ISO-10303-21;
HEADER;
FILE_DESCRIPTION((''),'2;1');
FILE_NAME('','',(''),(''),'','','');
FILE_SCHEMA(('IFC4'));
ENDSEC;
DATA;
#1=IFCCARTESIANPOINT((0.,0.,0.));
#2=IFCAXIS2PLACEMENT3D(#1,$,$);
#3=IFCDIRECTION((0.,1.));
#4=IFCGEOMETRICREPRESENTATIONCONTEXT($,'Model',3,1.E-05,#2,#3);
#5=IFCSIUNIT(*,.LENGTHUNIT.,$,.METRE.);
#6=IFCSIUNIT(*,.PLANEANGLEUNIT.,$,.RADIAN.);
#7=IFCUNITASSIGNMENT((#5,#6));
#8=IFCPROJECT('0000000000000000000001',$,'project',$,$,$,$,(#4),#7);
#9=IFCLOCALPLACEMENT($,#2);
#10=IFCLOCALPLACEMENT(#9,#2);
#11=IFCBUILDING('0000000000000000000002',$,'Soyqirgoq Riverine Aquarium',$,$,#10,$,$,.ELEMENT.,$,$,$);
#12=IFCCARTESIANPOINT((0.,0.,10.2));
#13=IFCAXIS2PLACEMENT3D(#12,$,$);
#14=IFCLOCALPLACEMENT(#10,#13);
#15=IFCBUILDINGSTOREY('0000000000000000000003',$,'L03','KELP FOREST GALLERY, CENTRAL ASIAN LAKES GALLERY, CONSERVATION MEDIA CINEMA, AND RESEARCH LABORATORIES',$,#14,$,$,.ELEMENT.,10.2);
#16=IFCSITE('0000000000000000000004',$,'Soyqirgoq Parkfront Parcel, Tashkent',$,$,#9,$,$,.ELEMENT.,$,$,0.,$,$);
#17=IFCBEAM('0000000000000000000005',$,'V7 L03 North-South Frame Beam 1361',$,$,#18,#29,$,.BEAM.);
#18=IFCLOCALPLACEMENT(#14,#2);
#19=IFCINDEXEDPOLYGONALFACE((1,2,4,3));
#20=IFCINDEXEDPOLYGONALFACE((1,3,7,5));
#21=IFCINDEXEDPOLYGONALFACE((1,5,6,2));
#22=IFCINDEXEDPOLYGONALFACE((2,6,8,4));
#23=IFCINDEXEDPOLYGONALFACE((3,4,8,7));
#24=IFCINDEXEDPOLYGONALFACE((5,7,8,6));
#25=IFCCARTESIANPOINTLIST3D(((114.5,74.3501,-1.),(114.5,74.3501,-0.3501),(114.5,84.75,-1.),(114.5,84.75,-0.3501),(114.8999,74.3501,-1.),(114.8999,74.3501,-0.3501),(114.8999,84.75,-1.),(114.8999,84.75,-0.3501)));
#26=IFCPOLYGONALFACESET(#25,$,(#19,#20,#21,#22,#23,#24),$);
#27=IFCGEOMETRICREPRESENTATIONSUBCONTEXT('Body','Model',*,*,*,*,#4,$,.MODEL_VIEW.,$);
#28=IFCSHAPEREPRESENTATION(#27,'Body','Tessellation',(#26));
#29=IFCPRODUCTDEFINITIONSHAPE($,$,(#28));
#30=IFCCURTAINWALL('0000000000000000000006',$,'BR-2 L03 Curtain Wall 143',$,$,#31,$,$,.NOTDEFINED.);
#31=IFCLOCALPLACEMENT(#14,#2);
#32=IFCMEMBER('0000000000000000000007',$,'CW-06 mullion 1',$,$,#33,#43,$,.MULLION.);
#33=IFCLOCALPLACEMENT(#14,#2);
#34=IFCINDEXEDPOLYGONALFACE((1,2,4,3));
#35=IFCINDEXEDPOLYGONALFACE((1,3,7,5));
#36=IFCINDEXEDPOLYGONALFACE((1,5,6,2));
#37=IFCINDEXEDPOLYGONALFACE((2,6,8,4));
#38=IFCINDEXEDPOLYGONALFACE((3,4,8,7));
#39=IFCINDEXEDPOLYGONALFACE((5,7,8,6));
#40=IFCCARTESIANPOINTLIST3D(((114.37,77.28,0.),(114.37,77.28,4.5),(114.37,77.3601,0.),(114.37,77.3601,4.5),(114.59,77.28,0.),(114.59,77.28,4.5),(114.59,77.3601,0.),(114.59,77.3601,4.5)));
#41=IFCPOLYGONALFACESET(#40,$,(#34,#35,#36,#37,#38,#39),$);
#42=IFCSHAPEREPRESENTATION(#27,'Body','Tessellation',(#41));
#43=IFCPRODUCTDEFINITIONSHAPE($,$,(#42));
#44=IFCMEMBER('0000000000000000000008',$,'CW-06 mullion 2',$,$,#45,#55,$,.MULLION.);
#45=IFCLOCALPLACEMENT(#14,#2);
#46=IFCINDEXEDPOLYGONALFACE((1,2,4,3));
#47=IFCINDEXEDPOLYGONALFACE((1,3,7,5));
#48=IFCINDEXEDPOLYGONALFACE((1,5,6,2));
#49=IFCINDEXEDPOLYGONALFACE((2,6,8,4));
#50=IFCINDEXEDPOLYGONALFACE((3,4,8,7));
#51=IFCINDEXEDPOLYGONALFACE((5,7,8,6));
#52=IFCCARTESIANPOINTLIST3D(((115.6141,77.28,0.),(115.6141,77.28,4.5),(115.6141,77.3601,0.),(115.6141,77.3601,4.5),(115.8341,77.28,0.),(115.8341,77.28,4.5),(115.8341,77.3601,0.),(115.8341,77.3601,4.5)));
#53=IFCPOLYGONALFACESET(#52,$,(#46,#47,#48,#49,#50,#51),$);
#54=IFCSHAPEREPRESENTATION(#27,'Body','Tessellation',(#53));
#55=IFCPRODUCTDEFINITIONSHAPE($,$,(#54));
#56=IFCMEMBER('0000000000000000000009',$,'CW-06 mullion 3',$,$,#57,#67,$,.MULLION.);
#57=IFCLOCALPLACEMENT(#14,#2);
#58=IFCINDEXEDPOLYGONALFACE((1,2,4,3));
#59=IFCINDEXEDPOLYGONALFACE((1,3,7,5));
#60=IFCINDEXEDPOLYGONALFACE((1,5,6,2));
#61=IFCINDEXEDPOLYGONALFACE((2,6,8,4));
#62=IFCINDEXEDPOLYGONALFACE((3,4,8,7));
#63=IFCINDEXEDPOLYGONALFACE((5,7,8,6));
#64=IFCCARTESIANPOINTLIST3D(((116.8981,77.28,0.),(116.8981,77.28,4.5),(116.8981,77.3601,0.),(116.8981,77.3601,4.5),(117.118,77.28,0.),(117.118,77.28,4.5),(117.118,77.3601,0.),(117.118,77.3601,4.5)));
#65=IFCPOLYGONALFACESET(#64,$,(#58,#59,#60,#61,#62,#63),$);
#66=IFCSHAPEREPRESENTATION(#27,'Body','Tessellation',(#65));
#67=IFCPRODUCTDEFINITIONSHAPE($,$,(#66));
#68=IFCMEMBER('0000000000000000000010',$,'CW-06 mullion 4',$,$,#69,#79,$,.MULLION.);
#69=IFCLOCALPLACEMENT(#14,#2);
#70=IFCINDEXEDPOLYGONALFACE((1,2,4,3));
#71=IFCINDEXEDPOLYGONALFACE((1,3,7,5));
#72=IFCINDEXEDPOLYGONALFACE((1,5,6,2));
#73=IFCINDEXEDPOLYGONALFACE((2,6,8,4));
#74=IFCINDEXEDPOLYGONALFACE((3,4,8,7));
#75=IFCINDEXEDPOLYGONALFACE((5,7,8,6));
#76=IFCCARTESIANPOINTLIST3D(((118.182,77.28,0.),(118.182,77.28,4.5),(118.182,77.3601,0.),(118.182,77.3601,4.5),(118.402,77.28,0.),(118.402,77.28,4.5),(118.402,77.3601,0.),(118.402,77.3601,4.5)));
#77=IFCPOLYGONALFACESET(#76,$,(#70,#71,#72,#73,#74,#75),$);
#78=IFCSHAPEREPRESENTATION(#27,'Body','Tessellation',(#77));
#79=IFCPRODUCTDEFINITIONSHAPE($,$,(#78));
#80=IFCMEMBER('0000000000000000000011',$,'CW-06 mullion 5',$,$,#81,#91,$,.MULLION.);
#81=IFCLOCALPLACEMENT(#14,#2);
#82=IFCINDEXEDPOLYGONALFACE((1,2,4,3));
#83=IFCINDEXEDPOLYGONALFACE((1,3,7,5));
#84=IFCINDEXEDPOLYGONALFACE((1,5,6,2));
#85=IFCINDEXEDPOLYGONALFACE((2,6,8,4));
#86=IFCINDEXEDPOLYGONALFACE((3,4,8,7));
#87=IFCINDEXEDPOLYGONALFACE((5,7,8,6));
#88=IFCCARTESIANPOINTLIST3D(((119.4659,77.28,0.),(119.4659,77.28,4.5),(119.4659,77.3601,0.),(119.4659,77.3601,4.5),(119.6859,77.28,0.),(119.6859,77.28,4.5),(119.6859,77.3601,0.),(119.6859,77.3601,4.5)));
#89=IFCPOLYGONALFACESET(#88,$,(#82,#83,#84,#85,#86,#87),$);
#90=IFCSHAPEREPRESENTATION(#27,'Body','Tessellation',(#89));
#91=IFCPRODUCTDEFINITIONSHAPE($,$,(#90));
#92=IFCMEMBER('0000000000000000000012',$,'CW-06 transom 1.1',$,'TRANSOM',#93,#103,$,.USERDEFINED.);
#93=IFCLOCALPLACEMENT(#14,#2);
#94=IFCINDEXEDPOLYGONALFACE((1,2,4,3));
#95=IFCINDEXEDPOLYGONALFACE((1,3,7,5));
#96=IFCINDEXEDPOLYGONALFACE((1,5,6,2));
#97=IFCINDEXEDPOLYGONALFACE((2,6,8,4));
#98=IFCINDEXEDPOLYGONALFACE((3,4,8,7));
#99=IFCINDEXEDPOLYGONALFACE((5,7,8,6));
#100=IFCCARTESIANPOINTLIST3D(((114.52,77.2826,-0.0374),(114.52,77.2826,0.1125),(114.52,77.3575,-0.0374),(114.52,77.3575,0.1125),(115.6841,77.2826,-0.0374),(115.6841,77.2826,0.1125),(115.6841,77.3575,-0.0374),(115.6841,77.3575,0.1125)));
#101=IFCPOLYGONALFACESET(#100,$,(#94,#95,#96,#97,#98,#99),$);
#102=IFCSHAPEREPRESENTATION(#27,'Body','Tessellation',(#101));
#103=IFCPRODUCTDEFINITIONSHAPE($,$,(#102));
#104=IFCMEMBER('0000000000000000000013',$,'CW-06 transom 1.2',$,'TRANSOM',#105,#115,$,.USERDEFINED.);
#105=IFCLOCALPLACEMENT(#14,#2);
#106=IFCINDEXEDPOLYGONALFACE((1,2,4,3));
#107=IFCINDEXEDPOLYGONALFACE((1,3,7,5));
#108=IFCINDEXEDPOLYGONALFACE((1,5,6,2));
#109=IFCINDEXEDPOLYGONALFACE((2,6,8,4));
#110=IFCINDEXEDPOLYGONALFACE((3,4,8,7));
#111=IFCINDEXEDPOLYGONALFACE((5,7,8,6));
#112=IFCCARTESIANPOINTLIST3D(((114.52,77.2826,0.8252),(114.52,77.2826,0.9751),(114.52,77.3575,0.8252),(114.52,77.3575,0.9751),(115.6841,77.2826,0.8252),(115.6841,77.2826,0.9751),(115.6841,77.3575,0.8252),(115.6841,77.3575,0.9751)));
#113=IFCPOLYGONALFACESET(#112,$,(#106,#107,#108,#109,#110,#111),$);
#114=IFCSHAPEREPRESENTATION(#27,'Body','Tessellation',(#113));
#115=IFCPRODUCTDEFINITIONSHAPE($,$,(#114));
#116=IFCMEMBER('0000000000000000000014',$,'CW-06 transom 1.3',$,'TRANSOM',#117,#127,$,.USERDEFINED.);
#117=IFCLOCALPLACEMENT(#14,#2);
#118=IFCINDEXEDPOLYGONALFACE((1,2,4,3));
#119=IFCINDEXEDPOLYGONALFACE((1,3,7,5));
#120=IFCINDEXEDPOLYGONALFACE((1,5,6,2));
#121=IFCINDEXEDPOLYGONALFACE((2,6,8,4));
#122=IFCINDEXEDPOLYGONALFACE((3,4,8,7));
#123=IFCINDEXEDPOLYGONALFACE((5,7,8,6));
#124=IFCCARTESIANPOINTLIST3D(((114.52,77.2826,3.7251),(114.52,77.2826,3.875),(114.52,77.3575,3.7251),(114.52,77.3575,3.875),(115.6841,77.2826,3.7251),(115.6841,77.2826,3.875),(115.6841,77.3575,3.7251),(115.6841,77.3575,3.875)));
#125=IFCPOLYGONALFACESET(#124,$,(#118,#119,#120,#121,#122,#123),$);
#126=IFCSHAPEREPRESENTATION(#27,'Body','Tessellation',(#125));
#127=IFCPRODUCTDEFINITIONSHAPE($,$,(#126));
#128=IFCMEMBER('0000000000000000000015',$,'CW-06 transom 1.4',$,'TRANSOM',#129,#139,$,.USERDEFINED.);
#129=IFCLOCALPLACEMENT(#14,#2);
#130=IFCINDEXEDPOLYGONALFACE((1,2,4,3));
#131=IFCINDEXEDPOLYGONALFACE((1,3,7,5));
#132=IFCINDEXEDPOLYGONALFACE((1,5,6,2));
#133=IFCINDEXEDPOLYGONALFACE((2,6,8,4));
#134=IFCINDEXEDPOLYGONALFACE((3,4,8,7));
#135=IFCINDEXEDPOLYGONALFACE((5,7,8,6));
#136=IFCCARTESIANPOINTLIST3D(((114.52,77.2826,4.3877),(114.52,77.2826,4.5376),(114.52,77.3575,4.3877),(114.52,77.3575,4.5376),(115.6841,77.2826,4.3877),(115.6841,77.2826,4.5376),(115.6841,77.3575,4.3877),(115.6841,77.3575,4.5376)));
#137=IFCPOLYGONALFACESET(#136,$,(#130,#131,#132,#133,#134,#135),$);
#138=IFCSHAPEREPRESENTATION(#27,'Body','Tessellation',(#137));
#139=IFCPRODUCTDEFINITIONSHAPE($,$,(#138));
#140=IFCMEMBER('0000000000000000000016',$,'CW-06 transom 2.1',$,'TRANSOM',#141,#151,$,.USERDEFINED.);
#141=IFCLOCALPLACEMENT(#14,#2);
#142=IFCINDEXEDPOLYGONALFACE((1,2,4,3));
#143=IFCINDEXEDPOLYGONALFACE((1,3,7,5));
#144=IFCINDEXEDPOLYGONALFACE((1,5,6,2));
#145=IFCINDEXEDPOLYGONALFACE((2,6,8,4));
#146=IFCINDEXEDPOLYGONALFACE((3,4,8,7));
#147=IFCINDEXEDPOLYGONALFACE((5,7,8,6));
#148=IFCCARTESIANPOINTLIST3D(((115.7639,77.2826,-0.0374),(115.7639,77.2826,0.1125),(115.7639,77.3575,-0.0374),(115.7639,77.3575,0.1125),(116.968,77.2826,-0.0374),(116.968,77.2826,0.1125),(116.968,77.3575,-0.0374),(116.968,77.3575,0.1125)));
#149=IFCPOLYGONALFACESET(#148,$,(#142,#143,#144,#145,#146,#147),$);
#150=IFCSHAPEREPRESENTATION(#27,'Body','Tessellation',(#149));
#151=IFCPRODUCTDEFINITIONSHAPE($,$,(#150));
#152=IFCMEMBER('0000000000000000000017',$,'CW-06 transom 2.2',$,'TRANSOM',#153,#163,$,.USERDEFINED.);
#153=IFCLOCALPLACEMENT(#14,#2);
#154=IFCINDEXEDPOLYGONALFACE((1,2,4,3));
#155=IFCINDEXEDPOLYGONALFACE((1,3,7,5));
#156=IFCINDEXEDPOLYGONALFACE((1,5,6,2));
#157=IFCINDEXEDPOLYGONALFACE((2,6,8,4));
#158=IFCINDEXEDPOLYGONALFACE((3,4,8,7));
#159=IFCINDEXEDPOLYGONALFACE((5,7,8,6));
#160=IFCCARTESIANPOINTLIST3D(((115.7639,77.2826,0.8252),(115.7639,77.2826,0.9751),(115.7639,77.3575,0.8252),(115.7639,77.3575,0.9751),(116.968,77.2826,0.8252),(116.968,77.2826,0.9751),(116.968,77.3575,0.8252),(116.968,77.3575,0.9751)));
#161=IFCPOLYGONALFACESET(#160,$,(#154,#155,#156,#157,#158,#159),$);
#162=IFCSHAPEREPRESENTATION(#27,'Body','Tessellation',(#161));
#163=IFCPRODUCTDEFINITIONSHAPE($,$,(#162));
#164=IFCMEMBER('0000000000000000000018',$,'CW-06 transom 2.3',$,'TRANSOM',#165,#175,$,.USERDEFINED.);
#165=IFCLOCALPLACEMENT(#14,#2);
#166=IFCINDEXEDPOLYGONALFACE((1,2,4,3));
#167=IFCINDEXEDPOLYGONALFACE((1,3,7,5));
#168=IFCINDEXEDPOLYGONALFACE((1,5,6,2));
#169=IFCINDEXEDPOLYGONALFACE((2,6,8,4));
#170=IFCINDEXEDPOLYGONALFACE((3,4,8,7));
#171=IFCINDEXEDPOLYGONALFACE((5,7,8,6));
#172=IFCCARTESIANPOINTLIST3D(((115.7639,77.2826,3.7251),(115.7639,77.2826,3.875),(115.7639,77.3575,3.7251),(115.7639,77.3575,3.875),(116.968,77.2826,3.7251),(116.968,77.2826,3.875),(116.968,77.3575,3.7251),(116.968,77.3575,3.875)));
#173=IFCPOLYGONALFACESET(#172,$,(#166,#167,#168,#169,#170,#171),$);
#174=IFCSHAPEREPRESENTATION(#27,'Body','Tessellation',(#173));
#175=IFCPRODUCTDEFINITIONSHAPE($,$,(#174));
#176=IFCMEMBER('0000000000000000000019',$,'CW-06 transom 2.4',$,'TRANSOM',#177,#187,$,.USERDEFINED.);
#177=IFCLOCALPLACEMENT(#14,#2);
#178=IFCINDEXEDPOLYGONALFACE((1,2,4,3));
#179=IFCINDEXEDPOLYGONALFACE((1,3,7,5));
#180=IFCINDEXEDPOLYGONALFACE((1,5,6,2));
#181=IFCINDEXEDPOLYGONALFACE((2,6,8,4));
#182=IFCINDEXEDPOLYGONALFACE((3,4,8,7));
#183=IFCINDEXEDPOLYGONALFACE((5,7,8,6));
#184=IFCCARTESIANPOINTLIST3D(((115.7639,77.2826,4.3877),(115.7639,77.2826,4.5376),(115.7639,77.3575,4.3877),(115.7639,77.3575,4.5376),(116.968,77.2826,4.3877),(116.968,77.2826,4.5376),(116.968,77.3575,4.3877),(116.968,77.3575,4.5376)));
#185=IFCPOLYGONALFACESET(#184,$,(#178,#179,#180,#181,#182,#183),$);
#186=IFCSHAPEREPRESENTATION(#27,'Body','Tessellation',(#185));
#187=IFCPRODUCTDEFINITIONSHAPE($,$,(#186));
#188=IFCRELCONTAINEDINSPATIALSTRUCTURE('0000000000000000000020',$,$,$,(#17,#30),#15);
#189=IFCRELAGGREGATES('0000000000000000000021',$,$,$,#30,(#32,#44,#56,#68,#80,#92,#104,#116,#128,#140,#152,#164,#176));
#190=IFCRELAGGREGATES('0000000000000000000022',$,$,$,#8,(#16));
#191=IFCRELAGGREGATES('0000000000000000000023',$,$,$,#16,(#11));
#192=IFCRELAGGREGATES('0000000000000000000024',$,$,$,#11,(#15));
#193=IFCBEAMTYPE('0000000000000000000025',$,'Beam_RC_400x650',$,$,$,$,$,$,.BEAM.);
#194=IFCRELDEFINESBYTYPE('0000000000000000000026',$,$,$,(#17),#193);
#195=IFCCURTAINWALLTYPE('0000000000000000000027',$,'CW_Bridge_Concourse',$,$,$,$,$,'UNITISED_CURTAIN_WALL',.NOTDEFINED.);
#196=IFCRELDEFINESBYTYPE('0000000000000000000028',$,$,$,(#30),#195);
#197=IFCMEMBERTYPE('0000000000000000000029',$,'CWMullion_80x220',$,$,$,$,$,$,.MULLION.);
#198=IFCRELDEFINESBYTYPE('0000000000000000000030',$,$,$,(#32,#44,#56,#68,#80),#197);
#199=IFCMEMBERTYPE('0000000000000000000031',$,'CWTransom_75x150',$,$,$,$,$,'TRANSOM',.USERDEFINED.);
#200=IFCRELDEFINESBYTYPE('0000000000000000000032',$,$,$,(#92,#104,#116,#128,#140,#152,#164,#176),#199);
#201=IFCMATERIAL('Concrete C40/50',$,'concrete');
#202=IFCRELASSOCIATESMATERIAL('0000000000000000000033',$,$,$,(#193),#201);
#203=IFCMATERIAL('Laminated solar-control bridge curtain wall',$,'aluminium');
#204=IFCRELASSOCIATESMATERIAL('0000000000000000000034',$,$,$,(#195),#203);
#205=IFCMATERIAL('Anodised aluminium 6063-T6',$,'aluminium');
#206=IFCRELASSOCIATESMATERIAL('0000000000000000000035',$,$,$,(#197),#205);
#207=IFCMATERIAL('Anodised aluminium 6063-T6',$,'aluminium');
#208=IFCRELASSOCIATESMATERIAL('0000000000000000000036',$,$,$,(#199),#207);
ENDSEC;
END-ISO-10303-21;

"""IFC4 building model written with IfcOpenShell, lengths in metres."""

from ifc_helpers import new_model, si_unit, direction, frame, origin, origin_2d, place, context, subcontext, project, spatial, rectangle, extrude, material, material_profile, profile_set, type_object, element, aggregate, save


model = new_model("IFC4")

# Units and contexts
model_context = context("Model", 3, precision=1e-05, world=origin(), true_north=direction((0.0, 1.0)))
body_context = subcontext(model_context, "Body", "Model", "MODEL_VIEW")
ifc_project = project(units=[si_unit("LENGTHUNIT", "METRE"), si_unit("PLANEANGLEUNIT", "RADIAN")], contexts=[model_context])

# Site, building, storey
site_placement = place(None, origin())
site = spatial("IfcSite", under=ifc_project, at=site_placement, Name="Soyqirgoq Parkfront Parcel, Tashkent", CompositionType="ELEMENT", RefElevation=0.0)
building_placement = place(site_placement, origin())
building = spatial("IfcBuilding", under=site, at=building_placement, Name="Soyqirgoq Riverine Aquarium", CompositionType="ELEMENT")
storey_placement = place(building_placement, frame((0.0, 0.0, 10.2)))
storey = spatial("IfcBuildingStorey", under=building, at=storey_placement, Name="L03", Description="KELP FOREST GALLERY, CENTRAL ASIAN LAKES GALLERY, CONSERVATION MEDIA CINEMA, AND RESEARCH LABORATORIES", CompositionType="ELEMENT", Elevation=10.2)

# Beam
ifc_material_1 = material(Name="Concrete C40/50", Category="concrete")
ifc_material_profile_1 = material_profile(ifc_material_1, rectangle(XDim=0.3999, YDim=0.6499, at=origin_2d()), Name="RC 400x650")
ifc_profile_set_1 = profile_set([ifc_material_profile_1], Name="Concrete C40/50")
beam_type_1 = type_object("IfcBeamType", Name="Beam_RC_400x650", PredefinedType="BEAM", material=ifc_profile_set_1)
beam_1_placement = place(storey_placement, frame((114.7, 74.3501, -0.675), z_axis=(0.0, 1.0, 0.0), x_axis=(-1.0, 0.0, 0.0)))
element("IfcBeam", 1, at=beam_1_placement, inside=storey, type_object=beam_type_1, Name="V7 L03 North-South Frame Beam 1361", PredefinedType="BEAM", context=body_context, shape_type="SweptSolid", body=[
    extrude(rectangle(XDim=0.3999, YDim=0.6499, at=origin_2d()), origin(), (0.0, 0.0, 1.0), 10.3999),
])

# Curtain wall, members
ifc_material_2 = material(Name="Laminated solar-control bridge curtain wall", Category="aluminium")
curtain_wall_type = type_object("IfcCurtainWallType", Name="CW_Bridge_Concourse", ElementType="UNITISED_CURTAIN_WALL", PredefinedType="NOTDEFINED", material=ifc_material_2)
curtain_wall_placement = place(storey_placement, origin())
curtain_wall = element("IfcCurtainWall", 2, at=curtain_wall_placement, inside=storey, type_object=curtain_wall_type, Name="BR-2 L03 Curtain Wall 143", PredefinedType="NOTDEFINED")
ifc_material_3 = material(Name="Anodised aluminium 6063-T6", Category="aluminium")
ifc_material_profile_2 = material_profile(ifc_material_3, rectangle(XDim=0.0801, YDim=0.22, at=origin_2d()), Name="ALU-M 80x220")
ifc_profile_set_2 = profile_set([ifc_material_profile_2], Name="Anodised aluminium 6063-T6")
member_type_1 = type_object("IfcMemberType", Name="CWMullion_80x220", PredefinedType="MULLION", material=ifc_profile_set_2)
member_1_placement = place(storey_placement, frame((114.48, 77.3201, 0.0), z_axis=(0.0, 0.0, 1.0), x_axis=(0.0, 1.0, 0.0)))
member_1 = element("IfcMember", 3, at=member_1_placement, type_object=member_type_1, Name="CW-06 mullion 1", PredefinedType="MULLION", context=body_context, shape_type="SweptSolid", body=[
    extrude(rectangle(XDim=0.0801, YDim=0.22, at=origin_2d()), origin(), (0.0, 0.0, 1.0), 4.5),
])
member_2_placement = place(storey_placement, frame((115.7241, 77.3201, 0.0), z_axis=(0.0, 0.0, 1.0), x_axis=(0.0, 1.0, 0.0)))
member_2 = element("IfcMember", 4, at=member_2_placement, type_object=member_type_1, Name="CW-06 mullion 2", PredefinedType="MULLION", context=body_context, shape_type="SweptSolid", body=[
    extrude(rectangle(XDim=0.0801, YDim=0.22, at=origin_2d()), origin(), (0.0, 0.0, 1.0), 4.5),
])
member_3_placement = place(storey_placement, frame((117.0081, 77.3201, 0.0), z_axis=(0.0, 0.0, 1.0), x_axis=(0.0, 1.0, 0.0)))
member_3 = element("IfcMember", 5, at=member_3_placement, type_object=member_type_1, Name="CW-06 mullion 3", PredefinedType="MULLION", context=body_context, shape_type="SweptSolid", body=[
    extrude(rectangle(XDim=0.0801, YDim=0.22, at=origin_2d()), origin(), (0.0, 0.0, 1.0), 4.5),
])
member_4_placement = place(storey_placement, frame((118.292, 77.3201, 0.0), z_axis=(0.0, 0.0, 1.0), x_axis=(0.0, 1.0, 0.0)))
member_4 = element("IfcMember", 6, at=member_4_placement, type_object=member_type_1, Name="CW-06 mullion 4", PredefinedType="MULLION", context=body_context, shape_type="SweptSolid", body=[
    extrude(rectangle(XDim=0.0801, YDim=0.22, at=origin_2d()), origin(), (0.0, 0.0, 1.0), 4.5),
])
member_5_placement = place(storey_placement, frame((119.5759, 77.3201, 0.0), z_axis=(0.0, 0.0, 1.0), x_axis=(0.0, 1.0, 0.0)))
member_5 = element("IfcMember", 7, at=member_5_placement, type_object=member_type_1, Name="CW-06 mullion 5", PredefinedType="MULLION", context=body_context, shape_type="SweptSolid", body=[
    extrude(rectangle(XDim=0.0801, YDim=0.22, at=origin_2d()), origin(), (0.0, 0.0, 1.0), 4.5),
])
ifc_material_4 = material(Name="Anodised aluminium 6063-T6", Category="aluminium")
ifc_material_profile_3 = material_profile(ifc_material_4, rectangle(XDim=0.075, YDim=0.1499, at=origin_2d()), Name="ALU-T 75x150")
ifc_profile_set_3 = profile_set([ifc_material_profile_3], Name="Anodised aluminium 6063-T6")
member_type_2 = type_object("IfcMemberType", Name="CWTransom_75x150", ElementType="TRANSOM", PredefinedType="USERDEFINED", material=ifc_profile_set_3)
member_6_placement = place(storey_placement, frame((114.52, 77.3201, 0.0376), z_axis=(1.0, 0.0, 0.0), x_axis=(0.0, 1.0, 0.0)))
member_6 = element("IfcMember", 8, at=member_6_placement, type_object=member_type_2, Name="CW-06 transom 1.1", ObjectType="TRANSOM", PredefinedType="USERDEFINED", context=body_context, shape_type="SweptSolid", body=[
    extrude(rectangle(XDim=0.075, YDim=0.1499, at=origin_2d()), origin(), (0.0, 0.0, 1.0), 1.1641),
])
member_7_placement = place(storey_placement, frame((114.52, 77.3201, 0.9001), z_axis=(1.0, 0.0, 0.0), x_axis=(0.0, 1.0, 0.0)))
member_7 = element("IfcMember", 9, at=member_7_placement, type_object=member_type_2, Name="CW-06 transom 1.2", ObjectType="TRANSOM", PredefinedType="USERDEFINED", context=body_context, shape_type="SweptSolid", body=[
    extrude(rectangle(XDim=0.075, YDim=0.1499, at=origin_2d()), origin(), (0.0, 0.0, 1.0), 1.1641),
])
member_8_placement = place(storey_placement, frame((114.52, 77.3201, 3.8), z_axis=(1.0, 0.0, 0.0), x_axis=(0.0, 1.0, 0.0)))
member_8 = element("IfcMember", 10, at=member_8_placement, type_object=member_type_2, Name="CW-06 transom 1.3", ObjectType="TRANSOM", PredefinedType="USERDEFINED", context=body_context, shape_type="SweptSolid", body=[
    extrude(rectangle(XDim=0.075, YDim=0.1499, at=origin_2d()), origin(), (0.0, 0.0, 1.0), 1.1641),
])
member_9_placement = place(storey_placement, frame((114.52, 77.3201, 4.4626), z_axis=(1.0, 0.0, 0.0), x_axis=(0.0, 1.0, 0.0)))
member_9 = element("IfcMember", 11, at=member_9_placement, type_object=member_type_2, Name="CW-06 transom 1.4", ObjectType="TRANSOM", PredefinedType="USERDEFINED", context=body_context, shape_type="SweptSolid", body=[
    extrude(rectangle(XDim=0.075, YDim=0.1499, at=origin_2d()), origin(), (0.0, 0.0, 1.0), 1.1641),
])
member_10_placement = place(storey_placement, frame((115.7639, 77.3201, 0.0376), z_axis=(1.0, 0.0, 0.0), x_axis=(0.0, 1.0, 0.0)))
member_10 = element("IfcMember", 12, at=member_10_placement, type_object=member_type_2, Name="CW-06 transom 2.1", ObjectType="TRANSOM", PredefinedType="USERDEFINED", context=body_context, shape_type="SweptSolid", body=[
    extrude(rectangle(XDim=0.075, YDim=0.1499, at=origin_2d()), origin(), (0.0, 0.0, 1.0), 1.2041),
])
member_11_placement = place(storey_placement, frame((115.7639, 77.3201, 0.9001), z_axis=(1.0, 0.0, 0.0), x_axis=(0.0, 1.0, 0.0)))
member_11 = element("IfcMember", 13, at=member_11_placement, type_object=member_type_2, Name="CW-06 transom 2.2", ObjectType="TRANSOM", PredefinedType="USERDEFINED", context=body_context, shape_type="SweptSolid", body=[
    extrude(rectangle(XDim=0.075, YDim=0.1499, at=origin_2d()), origin(), (0.0, 0.0, 1.0), 1.2041),
])
member_12_placement = place(storey_placement, frame((115.7639, 77.3201, 3.8), z_axis=(1.0, 0.0, 0.0), x_axis=(0.0, 1.0, 0.0)))
member_12 = element("IfcMember", 14, at=member_12_placement, type_object=member_type_2, Name="CW-06 transom 2.3", ObjectType="TRANSOM", PredefinedType="USERDEFINED", context=body_context, shape_type="SweptSolid", body=[
    extrude(rectangle(XDim=0.075, YDim=0.1499, at=origin_2d()), origin(), (0.0, 0.0, 1.0), 1.2041),
])
member_13_placement = place(storey_placement, frame((115.7639, 77.3201, 4.4626), z_axis=(1.0, 0.0, 0.0), x_axis=(0.0, 1.0, 0.0)))
member_13 = element("IfcMember", 15, at=member_13_placement, type_object=member_type_2, Name="CW-06 transom 2.4", ObjectType="TRANSOM", PredefinedType="USERDEFINED", context=body_context, shape_type="SweptSolid", body=[
    extrude(rectangle(XDim=0.075, YDim=0.1499, at=origin_2d()), origin(), (0.0, 0.0, 1.0), 1.2041),
])

aggregate(curtain_wall, [member_1, member_2, member_3, member_4, member_5, member_6, member_7, member_8, member_9, member_10, member_11, member_12, member_13])

save(model, "model.ifc")
